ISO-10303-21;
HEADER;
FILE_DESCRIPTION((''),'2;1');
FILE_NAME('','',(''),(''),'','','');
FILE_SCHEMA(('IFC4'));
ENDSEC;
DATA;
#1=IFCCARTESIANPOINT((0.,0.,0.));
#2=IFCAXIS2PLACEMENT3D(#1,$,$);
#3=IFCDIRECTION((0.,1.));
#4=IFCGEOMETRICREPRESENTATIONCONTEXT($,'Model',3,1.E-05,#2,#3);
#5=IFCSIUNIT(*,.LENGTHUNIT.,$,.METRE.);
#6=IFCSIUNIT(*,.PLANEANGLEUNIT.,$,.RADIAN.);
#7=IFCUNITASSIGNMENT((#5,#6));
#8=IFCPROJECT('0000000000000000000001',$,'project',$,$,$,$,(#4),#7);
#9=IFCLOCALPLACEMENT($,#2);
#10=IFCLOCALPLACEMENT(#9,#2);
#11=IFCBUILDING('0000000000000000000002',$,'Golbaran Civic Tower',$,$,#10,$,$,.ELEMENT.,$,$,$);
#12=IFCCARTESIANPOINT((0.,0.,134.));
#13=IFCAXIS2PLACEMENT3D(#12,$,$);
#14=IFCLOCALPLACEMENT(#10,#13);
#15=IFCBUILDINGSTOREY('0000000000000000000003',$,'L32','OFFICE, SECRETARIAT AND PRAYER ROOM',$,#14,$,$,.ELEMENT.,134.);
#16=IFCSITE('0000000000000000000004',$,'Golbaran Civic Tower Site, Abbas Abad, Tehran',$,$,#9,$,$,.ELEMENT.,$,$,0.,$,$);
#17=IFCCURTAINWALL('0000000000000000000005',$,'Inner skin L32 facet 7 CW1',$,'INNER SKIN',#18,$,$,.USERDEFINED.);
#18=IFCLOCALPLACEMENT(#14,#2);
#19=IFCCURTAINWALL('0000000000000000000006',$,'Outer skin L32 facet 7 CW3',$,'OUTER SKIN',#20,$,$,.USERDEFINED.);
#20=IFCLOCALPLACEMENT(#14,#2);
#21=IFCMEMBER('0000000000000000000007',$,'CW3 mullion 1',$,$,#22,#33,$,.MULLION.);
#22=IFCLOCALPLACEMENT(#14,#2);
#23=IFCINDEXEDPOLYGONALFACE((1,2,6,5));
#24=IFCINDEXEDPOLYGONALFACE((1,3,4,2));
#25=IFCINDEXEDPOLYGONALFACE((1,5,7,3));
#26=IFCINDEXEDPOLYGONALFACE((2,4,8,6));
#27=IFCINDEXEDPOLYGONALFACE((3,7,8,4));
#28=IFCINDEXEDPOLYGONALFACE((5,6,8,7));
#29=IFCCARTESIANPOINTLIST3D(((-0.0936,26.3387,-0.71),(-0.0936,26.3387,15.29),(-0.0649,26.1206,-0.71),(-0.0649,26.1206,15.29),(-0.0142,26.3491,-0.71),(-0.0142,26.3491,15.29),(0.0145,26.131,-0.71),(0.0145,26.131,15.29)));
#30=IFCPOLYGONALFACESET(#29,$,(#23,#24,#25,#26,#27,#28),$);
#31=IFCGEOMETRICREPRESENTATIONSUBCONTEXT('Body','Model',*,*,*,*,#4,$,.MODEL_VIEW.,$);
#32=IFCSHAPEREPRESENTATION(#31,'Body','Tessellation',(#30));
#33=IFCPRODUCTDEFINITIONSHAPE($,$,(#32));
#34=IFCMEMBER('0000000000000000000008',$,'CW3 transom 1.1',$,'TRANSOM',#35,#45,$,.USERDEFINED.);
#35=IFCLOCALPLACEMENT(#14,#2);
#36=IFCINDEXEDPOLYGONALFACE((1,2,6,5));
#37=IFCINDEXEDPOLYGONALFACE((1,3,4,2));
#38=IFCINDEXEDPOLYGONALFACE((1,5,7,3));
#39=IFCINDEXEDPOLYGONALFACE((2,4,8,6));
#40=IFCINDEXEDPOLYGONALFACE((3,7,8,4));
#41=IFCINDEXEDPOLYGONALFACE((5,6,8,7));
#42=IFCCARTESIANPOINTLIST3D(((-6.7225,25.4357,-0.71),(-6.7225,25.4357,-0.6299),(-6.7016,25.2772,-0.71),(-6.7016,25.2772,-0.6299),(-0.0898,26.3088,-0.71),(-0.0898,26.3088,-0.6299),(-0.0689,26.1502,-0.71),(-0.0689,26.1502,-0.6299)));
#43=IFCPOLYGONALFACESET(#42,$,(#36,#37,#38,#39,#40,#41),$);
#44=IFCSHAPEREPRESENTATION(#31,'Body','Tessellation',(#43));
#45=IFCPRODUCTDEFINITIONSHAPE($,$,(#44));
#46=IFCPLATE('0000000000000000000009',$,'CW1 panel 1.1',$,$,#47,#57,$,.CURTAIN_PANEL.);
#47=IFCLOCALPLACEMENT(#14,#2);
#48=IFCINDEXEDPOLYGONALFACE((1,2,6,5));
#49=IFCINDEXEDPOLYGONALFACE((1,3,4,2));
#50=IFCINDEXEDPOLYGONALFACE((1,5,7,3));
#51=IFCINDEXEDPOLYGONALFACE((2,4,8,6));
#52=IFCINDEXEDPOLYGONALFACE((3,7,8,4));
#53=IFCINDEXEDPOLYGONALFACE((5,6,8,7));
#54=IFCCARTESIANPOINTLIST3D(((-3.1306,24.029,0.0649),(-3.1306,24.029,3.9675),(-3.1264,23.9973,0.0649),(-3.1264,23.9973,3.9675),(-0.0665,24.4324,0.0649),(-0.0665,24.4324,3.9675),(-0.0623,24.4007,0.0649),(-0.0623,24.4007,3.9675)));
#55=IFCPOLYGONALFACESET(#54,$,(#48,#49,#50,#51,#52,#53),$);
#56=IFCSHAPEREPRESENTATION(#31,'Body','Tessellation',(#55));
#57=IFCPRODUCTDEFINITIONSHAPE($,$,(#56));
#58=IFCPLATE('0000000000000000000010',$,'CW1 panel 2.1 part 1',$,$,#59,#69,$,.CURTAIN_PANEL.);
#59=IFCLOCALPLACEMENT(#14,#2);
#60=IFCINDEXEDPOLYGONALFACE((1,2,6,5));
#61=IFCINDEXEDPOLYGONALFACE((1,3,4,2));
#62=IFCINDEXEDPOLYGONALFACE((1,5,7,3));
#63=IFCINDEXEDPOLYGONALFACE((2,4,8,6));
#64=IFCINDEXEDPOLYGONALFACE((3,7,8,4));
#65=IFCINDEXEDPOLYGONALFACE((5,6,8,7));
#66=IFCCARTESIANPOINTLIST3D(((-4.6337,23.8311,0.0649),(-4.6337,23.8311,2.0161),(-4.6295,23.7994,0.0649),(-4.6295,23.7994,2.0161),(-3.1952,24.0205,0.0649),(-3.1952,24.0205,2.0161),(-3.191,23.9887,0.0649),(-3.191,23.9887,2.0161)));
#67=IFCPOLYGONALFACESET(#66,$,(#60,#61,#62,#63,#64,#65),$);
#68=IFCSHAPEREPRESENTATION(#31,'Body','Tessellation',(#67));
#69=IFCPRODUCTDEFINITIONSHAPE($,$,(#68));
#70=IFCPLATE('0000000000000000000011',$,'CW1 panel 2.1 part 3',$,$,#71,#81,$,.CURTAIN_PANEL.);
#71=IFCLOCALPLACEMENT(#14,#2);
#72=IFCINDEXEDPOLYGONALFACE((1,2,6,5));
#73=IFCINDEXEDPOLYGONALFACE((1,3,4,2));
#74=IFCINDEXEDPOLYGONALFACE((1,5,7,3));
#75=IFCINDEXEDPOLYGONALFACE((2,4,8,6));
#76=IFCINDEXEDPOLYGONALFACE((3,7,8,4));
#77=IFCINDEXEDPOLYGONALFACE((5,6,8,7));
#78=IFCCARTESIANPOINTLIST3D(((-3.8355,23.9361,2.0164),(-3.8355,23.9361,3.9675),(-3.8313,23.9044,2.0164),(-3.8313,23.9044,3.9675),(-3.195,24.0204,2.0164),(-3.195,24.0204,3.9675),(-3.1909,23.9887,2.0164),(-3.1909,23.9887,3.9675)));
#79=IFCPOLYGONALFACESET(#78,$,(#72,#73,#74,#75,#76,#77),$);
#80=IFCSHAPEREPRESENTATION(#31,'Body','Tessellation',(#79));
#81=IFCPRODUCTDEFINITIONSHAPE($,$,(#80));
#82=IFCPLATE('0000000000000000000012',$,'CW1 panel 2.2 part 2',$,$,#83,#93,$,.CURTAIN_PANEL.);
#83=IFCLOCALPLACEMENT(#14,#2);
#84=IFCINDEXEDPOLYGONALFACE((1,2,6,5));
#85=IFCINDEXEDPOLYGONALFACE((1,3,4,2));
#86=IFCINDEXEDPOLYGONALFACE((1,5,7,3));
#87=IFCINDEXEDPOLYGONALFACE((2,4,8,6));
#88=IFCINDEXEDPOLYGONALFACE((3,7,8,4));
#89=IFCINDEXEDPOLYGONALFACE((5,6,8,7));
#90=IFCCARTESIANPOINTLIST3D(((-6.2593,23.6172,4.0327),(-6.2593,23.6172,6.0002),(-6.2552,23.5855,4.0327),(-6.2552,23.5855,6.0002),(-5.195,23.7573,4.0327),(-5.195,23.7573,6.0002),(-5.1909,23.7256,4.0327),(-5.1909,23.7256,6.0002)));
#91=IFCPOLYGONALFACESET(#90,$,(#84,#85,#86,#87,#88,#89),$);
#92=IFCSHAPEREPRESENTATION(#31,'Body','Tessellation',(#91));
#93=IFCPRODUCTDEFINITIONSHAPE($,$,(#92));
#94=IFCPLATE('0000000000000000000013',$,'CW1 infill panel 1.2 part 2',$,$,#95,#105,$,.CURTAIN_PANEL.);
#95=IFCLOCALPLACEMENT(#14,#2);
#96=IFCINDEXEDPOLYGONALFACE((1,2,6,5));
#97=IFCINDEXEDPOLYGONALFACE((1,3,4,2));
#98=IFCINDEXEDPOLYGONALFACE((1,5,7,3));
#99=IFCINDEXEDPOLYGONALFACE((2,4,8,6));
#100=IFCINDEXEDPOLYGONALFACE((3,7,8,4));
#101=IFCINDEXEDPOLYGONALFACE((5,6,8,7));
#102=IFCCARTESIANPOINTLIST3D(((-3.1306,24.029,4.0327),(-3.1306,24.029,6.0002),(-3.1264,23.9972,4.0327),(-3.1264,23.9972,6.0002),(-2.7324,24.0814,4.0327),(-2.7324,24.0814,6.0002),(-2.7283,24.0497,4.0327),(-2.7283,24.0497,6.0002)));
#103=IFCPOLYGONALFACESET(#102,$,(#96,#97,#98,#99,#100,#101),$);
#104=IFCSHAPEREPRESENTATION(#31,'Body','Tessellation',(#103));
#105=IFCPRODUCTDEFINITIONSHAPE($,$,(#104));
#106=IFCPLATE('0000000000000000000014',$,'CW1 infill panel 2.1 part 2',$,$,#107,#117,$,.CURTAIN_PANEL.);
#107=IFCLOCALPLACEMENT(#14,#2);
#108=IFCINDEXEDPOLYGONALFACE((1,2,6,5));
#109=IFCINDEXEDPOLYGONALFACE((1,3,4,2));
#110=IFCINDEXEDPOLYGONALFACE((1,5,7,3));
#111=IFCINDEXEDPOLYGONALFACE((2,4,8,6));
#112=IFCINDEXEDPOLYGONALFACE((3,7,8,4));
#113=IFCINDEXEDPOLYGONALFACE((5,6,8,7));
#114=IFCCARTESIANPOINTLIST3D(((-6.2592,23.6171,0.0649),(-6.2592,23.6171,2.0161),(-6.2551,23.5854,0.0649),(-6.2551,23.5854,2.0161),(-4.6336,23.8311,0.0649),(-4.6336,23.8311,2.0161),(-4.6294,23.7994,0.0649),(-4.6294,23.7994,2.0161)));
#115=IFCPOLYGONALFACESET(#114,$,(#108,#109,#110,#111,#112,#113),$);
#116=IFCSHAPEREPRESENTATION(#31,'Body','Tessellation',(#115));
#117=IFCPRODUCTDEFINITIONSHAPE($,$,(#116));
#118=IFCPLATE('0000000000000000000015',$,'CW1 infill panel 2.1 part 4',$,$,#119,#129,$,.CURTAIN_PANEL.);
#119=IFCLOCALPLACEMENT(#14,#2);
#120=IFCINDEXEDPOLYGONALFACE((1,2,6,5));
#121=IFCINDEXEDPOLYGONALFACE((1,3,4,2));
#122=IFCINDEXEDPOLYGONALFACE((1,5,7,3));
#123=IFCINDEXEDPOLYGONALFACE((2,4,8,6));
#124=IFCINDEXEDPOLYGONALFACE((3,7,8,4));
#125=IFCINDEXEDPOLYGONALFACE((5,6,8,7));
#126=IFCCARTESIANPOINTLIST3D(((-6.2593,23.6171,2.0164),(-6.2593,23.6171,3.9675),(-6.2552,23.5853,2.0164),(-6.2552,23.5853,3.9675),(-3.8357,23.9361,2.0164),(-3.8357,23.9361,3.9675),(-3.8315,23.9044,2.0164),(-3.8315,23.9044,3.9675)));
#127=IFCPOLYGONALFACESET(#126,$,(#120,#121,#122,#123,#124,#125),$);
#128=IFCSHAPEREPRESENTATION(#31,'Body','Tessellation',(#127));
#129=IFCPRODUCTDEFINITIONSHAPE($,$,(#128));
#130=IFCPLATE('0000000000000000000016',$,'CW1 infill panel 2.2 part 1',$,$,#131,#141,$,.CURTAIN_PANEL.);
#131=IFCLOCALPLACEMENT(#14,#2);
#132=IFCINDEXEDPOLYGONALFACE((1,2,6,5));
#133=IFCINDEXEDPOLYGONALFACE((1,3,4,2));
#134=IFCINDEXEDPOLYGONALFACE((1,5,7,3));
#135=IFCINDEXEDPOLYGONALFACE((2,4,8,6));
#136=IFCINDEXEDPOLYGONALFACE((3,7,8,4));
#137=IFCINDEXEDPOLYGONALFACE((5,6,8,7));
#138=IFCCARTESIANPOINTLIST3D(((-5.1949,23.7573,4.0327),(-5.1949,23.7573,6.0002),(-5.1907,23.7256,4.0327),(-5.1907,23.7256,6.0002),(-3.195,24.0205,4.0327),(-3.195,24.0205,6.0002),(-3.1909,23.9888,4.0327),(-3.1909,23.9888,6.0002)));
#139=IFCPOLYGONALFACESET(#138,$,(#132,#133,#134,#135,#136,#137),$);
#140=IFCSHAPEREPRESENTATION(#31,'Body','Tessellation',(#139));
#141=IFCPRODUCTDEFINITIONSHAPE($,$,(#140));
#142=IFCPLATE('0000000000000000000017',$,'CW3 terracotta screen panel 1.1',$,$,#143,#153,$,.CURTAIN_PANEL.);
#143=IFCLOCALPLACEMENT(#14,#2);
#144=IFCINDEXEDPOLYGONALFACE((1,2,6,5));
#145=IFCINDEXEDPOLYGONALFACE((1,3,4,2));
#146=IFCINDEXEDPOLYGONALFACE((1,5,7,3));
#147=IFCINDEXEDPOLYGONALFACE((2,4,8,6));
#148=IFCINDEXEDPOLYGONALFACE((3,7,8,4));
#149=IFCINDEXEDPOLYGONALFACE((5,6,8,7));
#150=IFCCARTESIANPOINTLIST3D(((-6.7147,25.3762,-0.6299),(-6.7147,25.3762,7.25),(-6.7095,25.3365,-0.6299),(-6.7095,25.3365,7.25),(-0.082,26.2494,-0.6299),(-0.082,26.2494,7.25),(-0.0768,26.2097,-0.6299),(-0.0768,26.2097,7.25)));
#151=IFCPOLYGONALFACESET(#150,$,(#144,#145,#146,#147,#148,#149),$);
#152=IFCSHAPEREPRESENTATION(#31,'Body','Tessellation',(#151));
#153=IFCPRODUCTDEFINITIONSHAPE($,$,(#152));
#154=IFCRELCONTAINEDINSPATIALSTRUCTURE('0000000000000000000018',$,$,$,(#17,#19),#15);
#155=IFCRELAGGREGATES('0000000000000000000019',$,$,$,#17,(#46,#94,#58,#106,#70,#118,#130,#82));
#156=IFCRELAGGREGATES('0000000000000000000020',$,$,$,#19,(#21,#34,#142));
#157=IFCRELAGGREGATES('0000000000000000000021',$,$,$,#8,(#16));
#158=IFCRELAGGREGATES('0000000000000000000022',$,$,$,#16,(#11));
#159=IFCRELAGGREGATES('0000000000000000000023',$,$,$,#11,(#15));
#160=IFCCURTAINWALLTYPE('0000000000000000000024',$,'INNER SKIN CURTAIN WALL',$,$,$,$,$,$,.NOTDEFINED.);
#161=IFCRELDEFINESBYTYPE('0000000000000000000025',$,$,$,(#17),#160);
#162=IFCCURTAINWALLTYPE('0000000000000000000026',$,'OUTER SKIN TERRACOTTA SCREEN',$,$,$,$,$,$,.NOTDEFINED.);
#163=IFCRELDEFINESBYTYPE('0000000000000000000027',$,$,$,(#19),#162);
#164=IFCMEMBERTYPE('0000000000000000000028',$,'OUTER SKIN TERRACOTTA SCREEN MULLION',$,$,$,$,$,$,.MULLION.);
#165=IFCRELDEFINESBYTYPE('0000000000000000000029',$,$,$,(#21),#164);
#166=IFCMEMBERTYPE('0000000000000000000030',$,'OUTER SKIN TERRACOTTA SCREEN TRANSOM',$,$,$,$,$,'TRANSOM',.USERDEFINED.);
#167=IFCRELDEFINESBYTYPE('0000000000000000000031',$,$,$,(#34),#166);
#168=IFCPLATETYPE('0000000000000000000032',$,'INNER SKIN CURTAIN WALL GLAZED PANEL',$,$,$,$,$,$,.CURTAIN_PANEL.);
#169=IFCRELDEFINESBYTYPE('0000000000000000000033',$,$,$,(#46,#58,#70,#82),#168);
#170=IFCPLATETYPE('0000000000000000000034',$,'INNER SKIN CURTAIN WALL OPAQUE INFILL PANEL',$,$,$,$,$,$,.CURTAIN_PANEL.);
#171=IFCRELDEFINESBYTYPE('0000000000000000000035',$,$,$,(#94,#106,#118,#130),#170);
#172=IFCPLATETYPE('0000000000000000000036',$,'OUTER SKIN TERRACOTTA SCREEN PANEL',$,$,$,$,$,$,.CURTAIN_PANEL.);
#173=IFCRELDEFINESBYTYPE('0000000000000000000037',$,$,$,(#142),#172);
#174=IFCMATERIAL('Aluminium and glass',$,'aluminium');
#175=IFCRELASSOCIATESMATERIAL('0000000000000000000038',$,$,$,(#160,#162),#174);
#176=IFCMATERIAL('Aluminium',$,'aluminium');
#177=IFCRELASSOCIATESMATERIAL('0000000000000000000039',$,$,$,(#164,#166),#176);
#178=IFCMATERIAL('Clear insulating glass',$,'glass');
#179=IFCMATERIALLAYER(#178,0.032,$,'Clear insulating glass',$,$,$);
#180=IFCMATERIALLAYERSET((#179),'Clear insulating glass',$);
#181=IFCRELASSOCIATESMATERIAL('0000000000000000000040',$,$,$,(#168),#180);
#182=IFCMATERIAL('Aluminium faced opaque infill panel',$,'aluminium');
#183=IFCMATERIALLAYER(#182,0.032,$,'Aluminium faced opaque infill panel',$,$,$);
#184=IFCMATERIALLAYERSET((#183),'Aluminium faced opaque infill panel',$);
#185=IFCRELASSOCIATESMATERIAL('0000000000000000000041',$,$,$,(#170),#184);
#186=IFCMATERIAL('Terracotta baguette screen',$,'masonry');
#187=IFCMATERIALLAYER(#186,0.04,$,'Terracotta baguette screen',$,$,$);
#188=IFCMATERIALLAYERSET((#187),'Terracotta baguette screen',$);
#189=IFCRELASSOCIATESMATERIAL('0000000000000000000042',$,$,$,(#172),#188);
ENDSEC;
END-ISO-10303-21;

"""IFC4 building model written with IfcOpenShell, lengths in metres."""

from ifc_helpers import new_model, si_unit, direction, frame, origin, origin_2d, place, context, subcontext, project, spatial, rectangle, extrude, material, layer, layer_set, material_profile, profile_set, type_object, element, aggregate, save


model = new_model("IFC4")

# Units and contexts
model_context = context("Model", 3, precision=1e-05, world=origin(), true_north=direction((0.0, 1.0)))
body_context = subcontext(model_context, "Body", "Model", "MODEL_VIEW")
ifc_project = project(units=[si_unit("LENGTHUNIT", "METRE"), si_unit("PLANEANGLEUNIT", "RADIAN")], contexts=[model_context])

# Site, building, storey
site_placement = place(None, origin())
site = spatial("IfcSite", under=ifc_project, at=site_placement, Name="Golbaran Civic Tower Site, Abbas Abad, Tehran", CompositionType="ELEMENT", RefElevation=0.0)
building_placement = place(site_placement, origin())
building = spatial("IfcBuilding", under=site, at=building_placement, Name="Golbaran Civic Tower", CompositionType="ELEMENT")
storey_placement = place(building_placement, frame((0.0, 0.0, 134.0)))
storey = spatial("IfcBuildingStorey", under=building, at=storey_placement, Name="L32", Description="OFFICE, SECRETARIAT AND PRAYER ROOM", CompositionType="ELEMENT", Elevation=134.0)

# Curtain wall
ifc_material_1 = material(Name="Aluminium and glass", Category="aluminium")
curtain_wall_type_1 = type_object("IfcCurtainWallType", Name="INNER SKIN CURTAIN WALL", PredefinedType="NOTDEFINED", material=ifc_material_1)
curtain_wall_1_placement = place(storey_placement, origin())
curtain_wall_1 = element("IfcCurtainWall", 1, at=curtain_wall_1_placement, inside=storey, type_object=curtain_wall_type_1, Name="Inner skin L32 facet 7 CW1", ObjectType="INNER SKIN", PredefinedType="USERDEFINED")
ifc_material_2 = material(Name="Aluminium", Category="aluminium")

# Curtain wall, members
curtain_wall_type_2 = type_object("IfcCurtainWallType", Name="OUTER SKIN TERRACOTTA SCREEN", PredefinedType="NOTDEFINED", material=ifc_material_1)
curtain_wall_2_placement = place(storey_placement, origin())
curtain_wall_2 = element("IfcCurtainWall", 2, at=curtain_wall_2_placement, inside=storey, type_object=curtain_wall_type_2, Name="Outer skin L32 facet 7 CW3", ObjectType="OUTER SKIN", PredefinedType="USERDEFINED")
ifc_material_profile_1 = material_profile(ifc_material_2, rectangle(XDim=0.22, YDim=0.0801, at=origin_2d()), Name="OUTER SKIN TERRACOTTA SCREEN MULLION")
ifc_profile_set_1 = profile_set([ifc_material_profile_1], Name="Aluminium")
member_type_1 = type_object("IfcMemberType", Name="OUTER SKIN TERRACOTTA SCREEN MULLION", PredefinedType="MULLION", material=ifc_profile_set_1)
member_1_placement = place(storey_placement, frame((-0.0396, 26.2349, -0.71), z_axis=(0.0, 0.0, 1.0), x_axis=(0.130526, -0.991445, 0.0)))
member_1 = element("IfcMember", 3, at=member_1_placement, type_object=member_type_1, Name="CW3 mullion 1", PredefinedType="MULLION", context=body_context, shape_type="SweptSolid", body=[
    extrude(rectangle(XDim=0.22, YDim=0.0801, at=origin_2d()), origin(), (0.0, 0.0, 1.0), 16.0),
])
ifc_material_profile_2 = material_profile(ifc_material_2, rectangle(XDim=0.1599, YDim=0.0801, at=origin_2d()), Name="OUTER SKIN TERRACOTTA SCREEN TRANSOM")
ifc_profile_set_2 = profile_set([ifc_material_profile_2], Name="Aluminium")
member_type_2 = type_object("IfcMemberType", Name="OUTER SKIN TERRACOTTA SCREEN TRANSOM", ElementType="TRANSOM", PredefinedType="USERDEFINED", material=ifc_profile_set_2)
member_2_placement = place(storey_placement, frame((-0.0793, 26.2295, -0.6699), z_axis=(-0.991448, -0.1305, 0.0), x_axis=(0.1305, -0.991448, 0.0)))
member_2 = element("IfcMember", 4, at=member_2_placement, type_object=member_type_2, Name="CW3 transom 1.1", ObjectType="TRANSOM", PredefinedType="USERDEFINED", context=body_context, shape_type="SweptSolid", body=[
    extrude(rectangle(XDim=0.1599, YDim=0.0801, at=origin_2d()), origin(), (0.0, 0.0, 1.0), 6.6899),
])

# Plates
ifc_material_3 = material(Name="Clear insulating glass", Category="glass")
ifc_layer_1 = layer(ifc_material_3, 0.032, Name="Clear insulating glass")
ifc_layer_set_1 = layer_set([ifc_layer_1], Name="Clear insulating glass")
plate_type_1 = type_object("IfcPlateType", Name="INNER SKIN CURTAIN WALL GLAZED PANEL", PredefinedType="CURTAIN_PANEL", material=ifc_layer_set_1)
plate_1_placement = place(storey_placement, frame((-1.5964, 24.2148, 0.0649), z_axis=(0.0, 0.0, 1.0), x_axis=(-0.991445, -0.130526, 0.0)))
plate_1 = element("IfcPlate", 5, at=plate_1_placement, type_object=plate_type_1, Name="CW1 panel 1.1", PredefinedType="CURTAIN_PANEL", context=body_context, shape_type="SweptSolid", body=[
    extrude(rectangle(XDim=3.0906, YDim=0.032, at=origin_2d()), origin(), (0.0, 0.0, 1.0), 3.9026),
])
plate_2_placement = place(storey_placement, frame((-3.9124, 23.9099, 0.0649), z_axis=(0.0, 0.0, 1.0), x_axis=(-0.991445, -0.130526, 0.0)))
plate_2 = element("IfcPlate", 6, at=plate_2_placement, type_object=plate_type_1, Name="CW1 panel 2.1 part 1", PredefinedType="CURTAIN_PANEL", context=body_context, shape_type="SweptSolid", body=[
    extrude(rectangle(XDim=1.4509, YDim=0.032, at=origin_2d()), origin(), (0.0, 0.0, 1.0), 1.9512),
])
plate_3_placement = place(storey_placement, frame((-3.5132, 23.9624, 2.0164), z_axis=(0.0, 0.0, 1.0), x_axis=(-0.991445, -0.130526, 0.0)))
plate_3 = element("IfcPlate", 7, at=plate_3_placement, type_object=plate_type_1, Name="CW1 panel 2.1 part 3", PredefinedType="CURTAIN_PANEL", context=body_context, shape_type="SweptSolid", body=[
    extrude(rectangle(XDim=0.646, YDim=0.032, at=origin_2d()), origin(), (0.0, 0.0, 1.0), 1.9512),
])
plate_4_placement = place(storey_placement, frame((-5.7251, 23.6714, 4.0327), z_axis=(0.0, 0.0, 1.0), x_axis=(-0.991445, -0.130526, 0.0)))
plate_4 = element("IfcPlate", 8, at=plate_4_placement, type_object=plate_type_1, Name="CW1 panel 2.2 part 2", PredefinedType="CURTAIN_PANEL", context=body_context, shape_type="SweptSolid", body=[
    extrude(rectangle(XDim=1.0735, YDim=0.032, at=origin_2d()), origin(), (0.0, 0.0, 1.0), 1.9675),
])
ifc_material_4 = material(Name="Aluminium faced opaque infill panel", Category="aluminium")
ifc_layer_2 = layer(ifc_material_4, 0.032, Name="Aluminium faced opaque infill panel")
ifc_layer_set_2 = layer_set([ifc_layer_2], Name="Aluminium faced opaque infill panel")
plate_type_2 = type_object("IfcPlateType", Name="INNER SKIN CURTAIN WALL OPAQUE INFILL PANEL", PredefinedType="CURTAIN_PANEL", material=ifc_layer_set_2)
plate_5_placement = place(storey_placement, frame((-2.9294, 24.0393, 4.0327), z_axis=(0.0, 0.0, 1.0), x_axis=(-0.991445, -0.130526, 0.0)))
plate_5 = element("IfcPlate", 9, at=plate_5_placement, type_object=plate_type_2, Name="CW1 infill panel 1.2 part 2", PredefinedType="CURTAIN_PANEL", context=body_context, shape_type="SweptSolid", body=[
    extrude(rectangle(XDim=0.4016, YDim=0.032, at=origin_2d()), origin(), (0.0, 0.0, 1.0), 1.9675),
])
plate_6_placement = place(storey_placement, frame((-5.4443, 23.7083, 0.0649), z_axis=(0.0, 0.0, 1.0), x_axis=(-0.991445, -0.130526, 0.0)))
plate_6 = element("IfcPlate", 10, at=plate_6_placement, type_object=plate_type_2, Name="CW1 infill panel 2.1 part 2", PredefinedType="CURTAIN_PANEL", context=body_context, shape_type="SweptSolid", body=[
    extrude(rectangle(XDim=1.6396, YDim=0.032, at=origin_2d()), origin(), (0.0, 0.0, 1.0), 1.9512),
])
plate_7_placement = place(storey_placement, frame((-5.0454, 23.7607, 2.0164), z_axis=(0.0, 0.0, 1.0), x_axis=(-0.991445, -0.130526, 0.0)))
plate_7 = element("IfcPlate", 11, at=plate_7_placement, type_object=plate_type_2, Name="CW1 infill panel 2.1 part 4", PredefinedType="CURTAIN_PANEL", context=body_context, shape_type="SweptSolid", body=[
    extrude(rectangle(XDim=2.4446, YDim=0.032, at=origin_2d()), origin(), (0.0, 0.0, 1.0), 1.9512),
])
plate_8_placement = place(storey_placement, frame((-4.1929, 23.873, 4.0327), z_axis=(0.0, 0.0, 1.0), x_axis=(-0.991445, -0.130526, 0.0)))
plate_8 = element("IfcPlate", 12, at=plate_8_placement, type_object=plate_type_2, Name="CW1 infill panel 2.2 part 1", PredefinedType="CURTAIN_PANEL", context=body_context, shape_type="SweptSolid", body=[
    extrude(rectangle(XDim=2.0171, YDim=0.032, at=origin_2d()), origin(), (0.0, 0.0, 1.0), 1.9675),
])
aggregate(curtain_wall_1, [plate_1, plate_5, plate_2, plate_6, plate_3, plate_7, plate_8, plate_4])
ifc_material_5 = material(Name="Terracotta baguette screen", Category="masonry")
ifc_layer_3 = layer(ifc_material_5, 0.04, Name="Terracotta baguette screen")
ifc_layer_set_3 = layer_set([ifc_layer_3], Name="Terracotta baguette screen")
plate_type_3 = type_object("IfcPlateType", Name="OUTER SKIN TERRACOTTA SCREEN PANEL", PredefinedType="CURTAIN_PANEL", material=ifc_layer_set_3)
plate_9_placement = place(storey_placement, frame((-3.3958, 25.793, -0.6299), z_axis=(0.0, 0.0, 1.0), x_axis=(-0.991445, -0.130526, 0.0)))
plate_9 = element("IfcPlate", 13, at=plate_9_placement, type_object=plate_type_3, Name="CW3 terracotta screen panel 1.1", PredefinedType="CURTAIN_PANEL", context=body_context, shape_type="SweptSolid", body=[
    extrude(rectangle(XDim=6.6899, YDim=0.04, at=origin_2d()), origin(), (0.0, 0.0, 1.0), 7.8799),
])
aggregate(curtain_wall_2, [member_1, member_2, plate_9])

save(model, "model.ifc")
